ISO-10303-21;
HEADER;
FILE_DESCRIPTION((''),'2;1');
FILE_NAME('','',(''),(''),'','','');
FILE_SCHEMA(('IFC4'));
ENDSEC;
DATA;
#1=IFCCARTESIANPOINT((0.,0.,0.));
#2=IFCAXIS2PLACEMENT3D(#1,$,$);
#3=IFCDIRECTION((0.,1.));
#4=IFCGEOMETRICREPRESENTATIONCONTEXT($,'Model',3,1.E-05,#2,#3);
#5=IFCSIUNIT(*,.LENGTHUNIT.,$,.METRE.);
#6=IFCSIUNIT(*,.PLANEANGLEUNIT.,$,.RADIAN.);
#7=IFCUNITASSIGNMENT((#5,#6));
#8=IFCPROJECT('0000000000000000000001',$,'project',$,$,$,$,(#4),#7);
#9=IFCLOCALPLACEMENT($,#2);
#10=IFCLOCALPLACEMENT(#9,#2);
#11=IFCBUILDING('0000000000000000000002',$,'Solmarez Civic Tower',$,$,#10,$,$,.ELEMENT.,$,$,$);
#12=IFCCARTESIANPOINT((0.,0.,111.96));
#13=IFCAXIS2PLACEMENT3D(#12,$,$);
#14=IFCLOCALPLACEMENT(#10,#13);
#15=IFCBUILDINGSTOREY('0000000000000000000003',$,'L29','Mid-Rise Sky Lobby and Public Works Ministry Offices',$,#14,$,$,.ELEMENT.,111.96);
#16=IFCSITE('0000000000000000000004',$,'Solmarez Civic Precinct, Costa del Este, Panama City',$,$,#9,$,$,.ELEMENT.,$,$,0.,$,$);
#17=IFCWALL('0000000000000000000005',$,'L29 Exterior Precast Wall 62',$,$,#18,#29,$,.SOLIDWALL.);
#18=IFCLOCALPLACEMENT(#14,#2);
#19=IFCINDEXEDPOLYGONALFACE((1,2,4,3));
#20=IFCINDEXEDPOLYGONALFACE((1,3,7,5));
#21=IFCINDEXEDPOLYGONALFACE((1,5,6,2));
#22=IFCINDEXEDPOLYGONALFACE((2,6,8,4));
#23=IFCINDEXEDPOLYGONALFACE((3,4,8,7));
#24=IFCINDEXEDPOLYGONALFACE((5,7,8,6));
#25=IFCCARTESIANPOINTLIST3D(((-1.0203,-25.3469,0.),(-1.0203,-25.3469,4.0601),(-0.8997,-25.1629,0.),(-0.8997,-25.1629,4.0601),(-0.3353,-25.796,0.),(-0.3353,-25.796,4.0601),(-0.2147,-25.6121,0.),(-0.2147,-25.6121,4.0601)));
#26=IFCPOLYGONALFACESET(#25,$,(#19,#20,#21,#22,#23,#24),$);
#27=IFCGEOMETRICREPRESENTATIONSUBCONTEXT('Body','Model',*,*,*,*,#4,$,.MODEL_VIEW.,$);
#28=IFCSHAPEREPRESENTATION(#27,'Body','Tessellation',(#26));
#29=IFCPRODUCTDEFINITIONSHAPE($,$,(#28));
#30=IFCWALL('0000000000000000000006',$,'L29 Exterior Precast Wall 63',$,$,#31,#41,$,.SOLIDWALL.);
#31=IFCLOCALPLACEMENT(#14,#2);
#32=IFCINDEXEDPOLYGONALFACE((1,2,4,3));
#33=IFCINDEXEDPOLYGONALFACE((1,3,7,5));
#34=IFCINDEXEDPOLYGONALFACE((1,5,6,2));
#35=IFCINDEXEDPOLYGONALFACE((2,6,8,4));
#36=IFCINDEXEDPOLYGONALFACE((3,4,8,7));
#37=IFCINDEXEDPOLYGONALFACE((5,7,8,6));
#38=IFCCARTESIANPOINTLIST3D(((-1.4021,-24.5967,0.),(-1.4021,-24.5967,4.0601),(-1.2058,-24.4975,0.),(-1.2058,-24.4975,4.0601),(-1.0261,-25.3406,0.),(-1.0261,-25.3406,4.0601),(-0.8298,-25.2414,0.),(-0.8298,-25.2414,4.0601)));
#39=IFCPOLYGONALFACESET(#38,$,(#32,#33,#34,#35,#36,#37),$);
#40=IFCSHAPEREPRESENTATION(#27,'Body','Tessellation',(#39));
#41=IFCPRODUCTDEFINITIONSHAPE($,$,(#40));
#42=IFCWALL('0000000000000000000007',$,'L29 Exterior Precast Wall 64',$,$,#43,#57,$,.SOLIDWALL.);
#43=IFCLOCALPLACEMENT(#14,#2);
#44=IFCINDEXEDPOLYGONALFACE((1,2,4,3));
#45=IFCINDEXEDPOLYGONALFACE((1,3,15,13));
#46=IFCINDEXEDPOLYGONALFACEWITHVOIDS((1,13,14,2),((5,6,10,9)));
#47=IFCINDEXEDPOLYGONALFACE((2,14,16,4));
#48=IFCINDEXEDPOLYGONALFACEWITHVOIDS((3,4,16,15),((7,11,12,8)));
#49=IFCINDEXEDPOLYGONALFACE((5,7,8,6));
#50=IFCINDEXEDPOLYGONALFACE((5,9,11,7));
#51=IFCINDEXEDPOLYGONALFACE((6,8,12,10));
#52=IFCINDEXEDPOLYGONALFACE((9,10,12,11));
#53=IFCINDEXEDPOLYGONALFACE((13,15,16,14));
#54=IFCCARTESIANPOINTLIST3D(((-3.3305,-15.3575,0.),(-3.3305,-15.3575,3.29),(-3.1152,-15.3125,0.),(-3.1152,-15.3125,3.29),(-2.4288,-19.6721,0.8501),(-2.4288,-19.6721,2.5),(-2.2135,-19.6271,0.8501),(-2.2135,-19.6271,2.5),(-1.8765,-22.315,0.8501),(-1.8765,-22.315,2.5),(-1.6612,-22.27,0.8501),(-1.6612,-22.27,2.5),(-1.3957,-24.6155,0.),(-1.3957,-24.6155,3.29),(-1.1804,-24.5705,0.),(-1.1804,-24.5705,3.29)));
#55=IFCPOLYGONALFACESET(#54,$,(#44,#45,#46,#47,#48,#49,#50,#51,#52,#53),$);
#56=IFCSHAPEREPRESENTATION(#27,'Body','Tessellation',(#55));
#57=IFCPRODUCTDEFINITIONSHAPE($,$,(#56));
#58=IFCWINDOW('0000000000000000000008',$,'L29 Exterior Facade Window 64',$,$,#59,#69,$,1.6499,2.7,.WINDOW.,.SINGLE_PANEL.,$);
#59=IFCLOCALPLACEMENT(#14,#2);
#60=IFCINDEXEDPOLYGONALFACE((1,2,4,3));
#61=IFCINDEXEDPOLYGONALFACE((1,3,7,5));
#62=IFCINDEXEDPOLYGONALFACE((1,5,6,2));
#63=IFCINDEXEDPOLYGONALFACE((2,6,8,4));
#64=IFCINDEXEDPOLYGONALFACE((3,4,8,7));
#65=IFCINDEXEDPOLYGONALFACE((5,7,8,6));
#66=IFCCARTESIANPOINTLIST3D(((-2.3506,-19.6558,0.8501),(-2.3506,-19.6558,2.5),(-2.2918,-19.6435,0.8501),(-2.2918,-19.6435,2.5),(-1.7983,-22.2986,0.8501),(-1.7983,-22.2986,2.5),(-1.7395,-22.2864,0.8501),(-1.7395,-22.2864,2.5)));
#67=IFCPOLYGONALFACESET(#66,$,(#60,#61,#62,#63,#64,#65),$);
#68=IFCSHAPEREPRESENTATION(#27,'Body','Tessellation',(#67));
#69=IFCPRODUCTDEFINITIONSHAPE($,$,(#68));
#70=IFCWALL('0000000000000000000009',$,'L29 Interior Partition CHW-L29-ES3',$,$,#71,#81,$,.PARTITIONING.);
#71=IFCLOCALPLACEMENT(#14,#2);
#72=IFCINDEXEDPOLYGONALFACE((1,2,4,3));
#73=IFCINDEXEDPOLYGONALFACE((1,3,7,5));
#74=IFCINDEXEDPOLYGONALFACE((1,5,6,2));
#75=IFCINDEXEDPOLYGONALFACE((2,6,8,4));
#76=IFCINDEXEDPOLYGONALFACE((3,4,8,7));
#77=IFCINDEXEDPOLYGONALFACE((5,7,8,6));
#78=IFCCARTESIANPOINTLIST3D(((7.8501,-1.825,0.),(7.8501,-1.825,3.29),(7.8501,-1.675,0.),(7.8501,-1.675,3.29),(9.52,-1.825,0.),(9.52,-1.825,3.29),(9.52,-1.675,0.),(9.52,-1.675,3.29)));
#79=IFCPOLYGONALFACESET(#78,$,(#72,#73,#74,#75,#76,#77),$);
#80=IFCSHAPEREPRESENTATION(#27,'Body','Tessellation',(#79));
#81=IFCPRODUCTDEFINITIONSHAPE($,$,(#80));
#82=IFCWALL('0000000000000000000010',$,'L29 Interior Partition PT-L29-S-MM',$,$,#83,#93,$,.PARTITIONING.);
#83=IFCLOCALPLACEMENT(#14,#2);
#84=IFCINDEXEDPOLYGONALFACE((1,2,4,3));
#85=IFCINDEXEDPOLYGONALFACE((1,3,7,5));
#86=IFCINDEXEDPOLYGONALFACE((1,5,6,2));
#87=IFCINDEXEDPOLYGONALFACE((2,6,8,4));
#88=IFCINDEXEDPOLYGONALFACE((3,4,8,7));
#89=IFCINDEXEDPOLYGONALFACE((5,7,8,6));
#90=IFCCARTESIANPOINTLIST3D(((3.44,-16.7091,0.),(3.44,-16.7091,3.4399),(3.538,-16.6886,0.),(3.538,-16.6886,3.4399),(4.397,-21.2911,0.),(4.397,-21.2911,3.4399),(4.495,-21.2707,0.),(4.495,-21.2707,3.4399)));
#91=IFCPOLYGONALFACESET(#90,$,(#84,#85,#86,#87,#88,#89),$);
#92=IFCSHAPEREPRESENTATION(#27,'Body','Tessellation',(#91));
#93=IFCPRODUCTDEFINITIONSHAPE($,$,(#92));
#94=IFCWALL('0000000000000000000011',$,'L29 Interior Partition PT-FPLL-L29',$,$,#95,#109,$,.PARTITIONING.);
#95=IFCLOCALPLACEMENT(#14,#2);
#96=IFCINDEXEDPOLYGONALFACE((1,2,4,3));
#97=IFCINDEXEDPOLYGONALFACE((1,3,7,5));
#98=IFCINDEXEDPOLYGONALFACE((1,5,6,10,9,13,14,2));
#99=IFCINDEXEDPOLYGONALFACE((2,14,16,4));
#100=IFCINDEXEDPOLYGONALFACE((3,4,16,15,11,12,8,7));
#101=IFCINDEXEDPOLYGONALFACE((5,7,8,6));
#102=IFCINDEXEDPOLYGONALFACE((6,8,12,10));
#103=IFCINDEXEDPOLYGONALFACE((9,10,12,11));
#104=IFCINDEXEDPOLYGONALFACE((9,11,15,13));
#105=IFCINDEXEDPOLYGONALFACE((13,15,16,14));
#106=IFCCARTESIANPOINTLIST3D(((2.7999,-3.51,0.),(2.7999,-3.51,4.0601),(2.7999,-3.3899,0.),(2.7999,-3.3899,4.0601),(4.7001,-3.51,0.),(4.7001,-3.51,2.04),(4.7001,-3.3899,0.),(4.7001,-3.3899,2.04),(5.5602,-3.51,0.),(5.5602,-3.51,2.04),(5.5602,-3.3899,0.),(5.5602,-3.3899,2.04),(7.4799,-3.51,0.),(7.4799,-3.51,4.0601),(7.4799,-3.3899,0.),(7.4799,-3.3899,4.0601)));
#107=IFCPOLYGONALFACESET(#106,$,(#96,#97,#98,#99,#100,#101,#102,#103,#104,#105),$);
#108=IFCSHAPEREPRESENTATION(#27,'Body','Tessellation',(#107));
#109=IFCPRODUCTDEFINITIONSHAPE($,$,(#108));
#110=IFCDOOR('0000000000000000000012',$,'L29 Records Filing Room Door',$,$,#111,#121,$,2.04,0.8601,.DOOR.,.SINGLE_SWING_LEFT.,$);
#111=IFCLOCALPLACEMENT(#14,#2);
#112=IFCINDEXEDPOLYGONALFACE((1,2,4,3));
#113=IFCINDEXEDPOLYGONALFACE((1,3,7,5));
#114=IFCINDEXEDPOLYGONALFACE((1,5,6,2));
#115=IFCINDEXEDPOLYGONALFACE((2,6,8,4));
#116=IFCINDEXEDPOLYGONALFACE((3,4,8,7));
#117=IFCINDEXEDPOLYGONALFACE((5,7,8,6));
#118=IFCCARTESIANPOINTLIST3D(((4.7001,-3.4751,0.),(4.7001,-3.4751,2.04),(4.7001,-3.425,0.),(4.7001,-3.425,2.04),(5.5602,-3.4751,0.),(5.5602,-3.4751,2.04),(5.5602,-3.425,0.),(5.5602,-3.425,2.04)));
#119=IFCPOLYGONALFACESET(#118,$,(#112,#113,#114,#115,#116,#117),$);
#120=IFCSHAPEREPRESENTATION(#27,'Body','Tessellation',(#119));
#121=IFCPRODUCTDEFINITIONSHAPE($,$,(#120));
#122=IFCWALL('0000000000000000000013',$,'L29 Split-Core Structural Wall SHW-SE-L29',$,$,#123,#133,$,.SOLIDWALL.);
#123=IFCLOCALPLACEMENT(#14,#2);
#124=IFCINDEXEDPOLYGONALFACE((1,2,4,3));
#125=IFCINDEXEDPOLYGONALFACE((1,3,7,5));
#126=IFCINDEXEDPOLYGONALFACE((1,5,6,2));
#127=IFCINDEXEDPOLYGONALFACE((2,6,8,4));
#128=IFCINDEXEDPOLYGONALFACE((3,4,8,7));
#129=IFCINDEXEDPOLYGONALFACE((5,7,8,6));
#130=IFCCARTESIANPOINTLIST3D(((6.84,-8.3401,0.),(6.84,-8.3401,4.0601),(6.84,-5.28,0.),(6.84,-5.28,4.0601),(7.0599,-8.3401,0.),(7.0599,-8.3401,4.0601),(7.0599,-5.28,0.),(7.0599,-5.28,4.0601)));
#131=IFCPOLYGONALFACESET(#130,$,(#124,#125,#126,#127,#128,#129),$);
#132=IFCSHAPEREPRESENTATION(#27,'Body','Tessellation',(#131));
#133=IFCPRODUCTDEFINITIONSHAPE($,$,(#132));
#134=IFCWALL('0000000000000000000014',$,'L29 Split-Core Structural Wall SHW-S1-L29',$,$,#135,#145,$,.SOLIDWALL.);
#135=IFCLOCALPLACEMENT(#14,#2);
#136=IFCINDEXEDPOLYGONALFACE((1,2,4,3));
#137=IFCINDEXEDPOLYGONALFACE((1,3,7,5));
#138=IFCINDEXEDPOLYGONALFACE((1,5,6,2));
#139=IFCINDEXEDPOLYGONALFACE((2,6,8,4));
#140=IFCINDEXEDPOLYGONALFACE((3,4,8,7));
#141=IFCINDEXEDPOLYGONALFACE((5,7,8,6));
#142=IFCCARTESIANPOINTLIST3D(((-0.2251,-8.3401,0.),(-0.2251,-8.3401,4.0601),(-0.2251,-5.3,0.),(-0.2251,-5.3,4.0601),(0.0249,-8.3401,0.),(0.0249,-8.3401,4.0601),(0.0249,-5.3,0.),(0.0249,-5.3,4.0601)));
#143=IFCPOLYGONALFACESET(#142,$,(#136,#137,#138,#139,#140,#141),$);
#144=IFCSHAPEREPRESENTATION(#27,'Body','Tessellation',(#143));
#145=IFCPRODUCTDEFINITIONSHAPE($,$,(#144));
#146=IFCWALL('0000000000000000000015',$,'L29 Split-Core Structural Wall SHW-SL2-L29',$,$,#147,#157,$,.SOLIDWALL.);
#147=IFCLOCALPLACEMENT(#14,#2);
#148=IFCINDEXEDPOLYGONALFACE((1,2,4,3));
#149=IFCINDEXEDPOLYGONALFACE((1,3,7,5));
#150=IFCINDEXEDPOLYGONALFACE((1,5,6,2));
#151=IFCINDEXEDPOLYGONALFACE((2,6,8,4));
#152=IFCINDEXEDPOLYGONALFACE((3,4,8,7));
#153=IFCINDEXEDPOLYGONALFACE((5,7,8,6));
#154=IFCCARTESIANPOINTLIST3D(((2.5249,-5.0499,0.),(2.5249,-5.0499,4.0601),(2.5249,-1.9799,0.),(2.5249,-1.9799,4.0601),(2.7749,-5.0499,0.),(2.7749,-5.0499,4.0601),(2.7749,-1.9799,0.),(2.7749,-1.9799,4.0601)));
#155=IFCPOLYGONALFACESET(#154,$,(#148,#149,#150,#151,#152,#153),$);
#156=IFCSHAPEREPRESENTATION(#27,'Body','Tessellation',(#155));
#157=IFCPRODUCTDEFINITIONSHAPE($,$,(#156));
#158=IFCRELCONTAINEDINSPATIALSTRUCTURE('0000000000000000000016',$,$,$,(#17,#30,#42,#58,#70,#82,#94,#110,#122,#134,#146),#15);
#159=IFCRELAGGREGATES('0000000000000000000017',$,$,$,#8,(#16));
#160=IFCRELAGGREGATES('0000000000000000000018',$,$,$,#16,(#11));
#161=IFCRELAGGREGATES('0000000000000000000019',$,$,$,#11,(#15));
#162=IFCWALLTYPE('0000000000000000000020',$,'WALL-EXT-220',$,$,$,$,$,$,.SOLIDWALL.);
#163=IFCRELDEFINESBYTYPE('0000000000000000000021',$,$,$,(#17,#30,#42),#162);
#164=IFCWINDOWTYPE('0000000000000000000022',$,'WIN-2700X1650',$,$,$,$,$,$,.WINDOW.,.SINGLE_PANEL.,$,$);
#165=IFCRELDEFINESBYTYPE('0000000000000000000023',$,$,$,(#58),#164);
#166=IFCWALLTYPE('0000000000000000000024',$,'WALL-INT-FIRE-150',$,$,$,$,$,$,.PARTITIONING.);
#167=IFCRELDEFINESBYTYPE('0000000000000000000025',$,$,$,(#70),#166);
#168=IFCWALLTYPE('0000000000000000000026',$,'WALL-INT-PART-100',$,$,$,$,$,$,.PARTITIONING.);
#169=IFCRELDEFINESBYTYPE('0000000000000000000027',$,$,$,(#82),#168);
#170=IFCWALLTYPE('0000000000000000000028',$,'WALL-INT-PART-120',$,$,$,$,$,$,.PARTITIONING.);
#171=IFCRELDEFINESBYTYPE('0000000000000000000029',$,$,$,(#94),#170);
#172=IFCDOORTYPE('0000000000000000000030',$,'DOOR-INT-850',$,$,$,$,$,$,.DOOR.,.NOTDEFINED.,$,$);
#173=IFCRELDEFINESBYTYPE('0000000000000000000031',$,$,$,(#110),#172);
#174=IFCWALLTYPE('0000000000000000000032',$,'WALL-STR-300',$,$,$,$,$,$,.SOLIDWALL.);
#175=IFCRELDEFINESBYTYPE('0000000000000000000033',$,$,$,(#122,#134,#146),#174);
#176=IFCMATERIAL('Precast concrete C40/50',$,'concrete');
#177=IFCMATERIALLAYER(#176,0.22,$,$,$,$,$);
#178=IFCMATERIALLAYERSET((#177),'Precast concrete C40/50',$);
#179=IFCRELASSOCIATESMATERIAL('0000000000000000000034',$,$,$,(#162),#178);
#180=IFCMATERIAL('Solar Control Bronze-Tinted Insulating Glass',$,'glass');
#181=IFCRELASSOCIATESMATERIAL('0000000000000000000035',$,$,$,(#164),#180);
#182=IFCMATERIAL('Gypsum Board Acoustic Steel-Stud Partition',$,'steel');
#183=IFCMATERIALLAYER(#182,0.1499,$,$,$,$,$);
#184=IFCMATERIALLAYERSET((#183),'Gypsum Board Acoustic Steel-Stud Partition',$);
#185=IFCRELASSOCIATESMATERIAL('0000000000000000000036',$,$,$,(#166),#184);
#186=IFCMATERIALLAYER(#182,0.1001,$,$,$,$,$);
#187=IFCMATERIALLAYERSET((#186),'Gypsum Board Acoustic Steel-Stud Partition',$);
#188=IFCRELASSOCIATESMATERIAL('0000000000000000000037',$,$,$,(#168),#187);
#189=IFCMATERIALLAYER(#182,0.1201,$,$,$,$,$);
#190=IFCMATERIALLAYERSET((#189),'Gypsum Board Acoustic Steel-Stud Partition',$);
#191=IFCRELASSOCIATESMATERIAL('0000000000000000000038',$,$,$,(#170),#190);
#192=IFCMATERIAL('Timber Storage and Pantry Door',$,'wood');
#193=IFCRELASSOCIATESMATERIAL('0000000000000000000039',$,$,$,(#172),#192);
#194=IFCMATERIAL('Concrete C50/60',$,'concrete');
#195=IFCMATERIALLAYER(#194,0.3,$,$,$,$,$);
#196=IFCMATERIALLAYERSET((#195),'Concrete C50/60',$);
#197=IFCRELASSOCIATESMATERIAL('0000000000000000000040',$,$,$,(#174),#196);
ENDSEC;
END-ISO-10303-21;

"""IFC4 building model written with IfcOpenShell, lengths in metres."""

from ifc_helpers import new_model, si_unit, direction, frame, frame_2d, origin, place, context, subcontext, project, spatial, rectangle, extrude, material, layer, layer_set, type_object, element, fill, save


model = new_model("IFC4")

# Units and contexts
model_context = context("Model", 3, precision=1e-05, world=origin(), true_north=direction((0.0, 1.0)))
body_context = subcontext(model_context, "Body", "Model", "MODEL_VIEW")
ifc_project = project(units=[si_unit("LENGTHUNIT", "METRE"), si_unit("PLANEANGLEUNIT", "RADIAN")], contexts=[model_context])

# Site, building, storey
site_placement = place(None, origin())
site = spatial("IfcSite", under=ifc_project, at=site_placement, Name="Solmarez Civic Precinct, Costa del Este, Panama City", CompositionType="ELEMENT", RefElevation=0.0)
building_placement = place(site_placement, origin())
building = spatial("IfcBuilding", under=site, at=building_placement, Name="Solmarez Civic Tower", CompositionType="ELEMENT")
storey_placement = place(building_placement, frame((0.0, 0.0, 111.96)))
storey = spatial("IfcBuildingStorey", under=building, at=storey_placement, Name="L29", Description="Mid-Rise Sky Lobby and Public Works Ministry Offices", CompositionType="ELEMENT", Elevation=111.96)

# Shared definitions
ifc_material_1 = material(Name="Concrete C50/60", Category="concrete")

# Shared definitions
ifc_material_2 = material(Name="Solar Control Bronze-Tinted Insulating Glass", Category="glass")

# Walls
ifc_material_3 = material(Name="Precast concrete C40/50", Category="concrete")
ifc_layer_1 = layer(ifc_material_3, 0.22)
ifc_layer_set_1 = layer_set([ifc_layer_1], Name="Precast concrete C40/50")
wall_type_1 = type_object("IfcWallType", Name="WALL-EXT-220", PredefinedType="SOLIDWALL", material=ifc_layer_set_1)
wall_1_placement = place(storey_placement, frame((-0.2749, -25.7041, 0.0), z_axis=(0.0, 0.0, 1.0), x_axis=(-0.836244, 0.548357, 0.0)))
element("IfcWall", 1, at=wall_1_placement, inside=storey, type_object=wall_type_1, Name="L29 Exterior Precast Wall 62", PredefinedType="SOLIDWALL", context=body_context, shape_type="SweptSolid", body=[
    extrude(rectangle(XDim=0.8191, YDim=0.22, at=frame_2d((0.4097, 0.0))), origin(), (0.0, 0.0, 1.0), 4.0601),
])
wall_2_placement = place(storey_placement, frame((-0.928, -25.291, 0.0), z_axis=(0.0, 0.0, 1.0), x_axis=(-0.451076, 0.892486, 0.0)))
element("IfcWall", 2, at=wall_2_placement, inside=storey, type_object=wall_type_1, Name="L29 Exterior Precast Wall 63", PredefinedType="SOLIDWALL", context=body_context, shape_type="SweptSolid", body=[
    extrude(rectangle(XDim=0.8335, YDim=0.22, at=frame_2d((0.4167, 0.0))), origin(), (0.0, 0.0, 1.0), 4.0601),
])

# Wall, opening, window
wall_3_placement = place(storey_placement, frame((-1.2881, -24.593, 0.0), z_axis=(0.0, 0.0, 1.0), x_axis=(-0.204568, 0.978852, 0.0)))
wall_3 = element("IfcWall", 3, at=wall_3_placement, inside=storey, type_object=wall_type_1, Name="L29 Exterior Precast Wall 64", PredefinedType="SOLIDWALL", context=body_context, shape_type="SweptSolid", body=[
    extrude(rectangle(XDim=9.458, YDim=0.22, at=frame_2d((4.729, 0.0))), origin(), (0.0, 0.0, 1.0), 3.29),
])
opening_1_placement = place(wall_3_placement, frame((2.3501, 0.0, 0.8501)))
opening_1 = element("IfcOpeningElement", 4, at=opening_1_placement, cuts=wall_3, PredefinedType="OPENING", context=body_context, shape_type="SweptSolid", body=[
    extrude(rectangle(XDim=2.7, YDim=1.6499, at=frame_2d((1.3501, 0.825))), frame((0.0, 0.1199, 0.0), z_axis=(0.0, -1.0, 0.0), x_axis=(1.0, 0.0, 0.0)), (0.0, 0.0, 1.0), 0.24),
])
window_type_1 = type_object("IfcWindowType", Name="WIN-2700X1650", PartitioningType="SINGLE_PANEL", PredefinedType="WINDOW", material=ifc_material_2)
window_1_placement = place(opening_1_placement, origin())
window_1 = element("IfcWindow", 5, at=window_1_placement, inside=storey, type_object=window_type_1, Name="L29 Exterior Facade Window 64", OverallHeight=1.6499, OverallWidth=2.7, PartitioningType="SINGLE_PANEL", PredefinedType="WINDOW", context=body_context, shape_type="SweptSolid", body=[
    extrude(rectangle(XDim=2.7, YDim=1.6499, at=frame_2d((1.3501, 0.825))), frame((0.0, 0.03, 0.0), z_axis=(0.0, -1.0, 0.0), x_axis=(1.0, 0.0, 0.0)), (0.0, 0.0, 1.0), 0.0601),
])
fill(opening_1, window_1)

# Walls
ifc_material_4 = material(Name="Gypsum Board Acoustic Steel-Stud Partition", Category="steel")
ifc_layer_2 = layer(ifc_material_4, 0.1499)
ifc_layer_set_2 = layer_set([ifc_layer_2], Name="Gypsum Board Acoustic Steel-Stud Partition")
wall_type_2 = type_object("IfcWallType", Name="WALL-INT-FIRE-150", PredefinedType="PARTITIONING", material=ifc_layer_set_2)
wall_4_placement = place(storey_placement, frame((7.8501, -1.75, 0.0), z_axis=(0.0, 0.0, 1.0), x_axis=(1.0, 0.0, 0.0)))
element("IfcWall", 6, at=wall_4_placement, inside=storey, type_object=wall_type_2, Name="L29 Interior Partition CHW-L29-ES3", PredefinedType="PARTITIONING", context=body_context, shape_type="SweptSolid", body=[
    extrude(rectangle(XDim=1.6699, YDim=0.1499, at=frame_2d((0.835, 0.0))), origin(), (0.0, 0.0, 1.0), 3.29),
])
ifc_layer_3 = layer(ifc_material_4, 0.1001)
ifc_layer_set_3 = layer_set([ifc_layer_3], Name="Gypsum Board Acoustic Steel-Stud Partition")
wall_type_3 = type_object("IfcWallType", Name="WALL-INT-PART-100", PredefinedType="PARTITIONING", material=ifc_layer_set_3)
wall_5_placement = place(storey_placement, frame((3.489, -16.699, 0.0), z_axis=(0.0, 0.0, 1.0), x_axis=(0.204454, -0.978876, 0.0)))
element("IfcWall", 7, at=wall_5_placement, inside=storey, type_object=wall_type_3, Name="L29 Interior Partition PT-L29-S-MM", PredefinedType="PARTITIONING", context=body_context, shape_type="SweptSolid", body=[
    extrude(rectangle(XDim=4.6809, YDim=0.1001, at=frame_2d((2.3403, 0.0))), origin(), (0.0, 0.0, 1.0), 3.4399),
])

# Wall, opening, door
ifc_layer_4 = layer(ifc_material_4, 0.1201)
ifc_layer_set_4 = layer_set([ifc_layer_4], Name="Gypsum Board Acoustic Steel-Stud Partition")
wall_type_4 = type_object("IfcWallType", Name="WALL-INT-PART-120", PredefinedType="PARTITIONING", material=ifc_layer_set_4)
wall_6_placement = place(storey_placement, frame((2.8, -3.45, 0.0), z_axis=(0.0, 0.0, 1.0), x_axis=(1.0, 0.0, 0.0)))
wall_6 = element("IfcWall", 8, at=wall_6_placement, inside=storey, type_object=wall_type_4, Name="L29 Interior Partition PT-FPLL-L29", PredefinedType="PARTITIONING", context=body_context, shape_type="SweptSolid", body=[
    extrude(rectangle(XDim=4.6799, YDim=0.1201, at=frame_2d((2.3398, 0.0))), origin(), (0.0, 0.0, 1.0), 4.0601),
])
opening_2_placement = place(wall_6_placement, frame((1.8999, 0.0, 0.0)))
opening_2 = element("IfcOpeningElement", 9, at=opening_2_placement, cuts=wall_6, PredefinedType="OPENING", context=body_context, shape_type="SweptSolid", body=[
    extrude(rectangle(XDim=0.8601, YDim=2.04, at=frame_2d((0.4302, 1.02))), frame((0.0, 0.0701, 0.0), z_axis=(0.0, -1.0, 0.0), x_axis=(1.0, 0.0, 0.0)), (0.0, 0.0, 1.0), 0.1401),
])
ifc_material_5 = material(Name="Timber Storage and Pantry Door", Category="wood")
door_type = type_object("IfcDoorType", Name="DOOR-INT-850", OperationType="NOTDEFINED", PredefinedType="DOOR", material=ifc_material_5)
door_placement = place(opening_2_placement, origin())
door = element("IfcDoor", 10, at=door_placement, inside=storey, type_object=door_type, Name="L29 Records Filing Room Door", OperationType="SINGLE_SWING_LEFT", OverallHeight=2.04, OverallWidth=0.8601, PredefinedType="DOOR", context=body_context, shape_type="SweptSolid", body=[
    extrude(rectangle(XDim=0.8601, YDim=2.04, at=frame_2d((0.4302, 1.02))), frame((0.0, 0.0249, 0.0), z_axis=(0.0, -1.0, 0.0), x_axis=(1.0, 0.0, 0.0)), (0.0, 0.0, 1.0), 0.05),
])
fill(opening_2, door)

# Walls
ifc_layer_5 = layer(ifc_material_1, 0.3)
ifc_layer_set_5 = layer_set([ifc_layer_5], Name="Concrete C50/60")
wall_type_5 = type_object("IfcWallType", Name="WALL-STR-300", PredefinedType="SOLIDWALL", material=ifc_layer_set_5)
wall_7_placement = place(storey_placement, frame((6.95, -8.3401, 0.0), z_axis=(0.0, 0.0, 1.0), x_axis=(0.0, 1.0, 0.0)))
element("IfcWall", 11, at=wall_7_placement, inside=storey, type_object=wall_type_5, Name="L29 Split-Core Structural Wall SHW-SE-L29", PredefinedType="SOLIDWALL", context=body_context, shape_type="SweptSolid", body=[
    extrude(rectangle(XDim=3.0601, YDim=0.22, at=frame_2d((1.53, 0.0))), origin(), (0.0, 0.0, 1.0), 4.0601),
])
wall_8_placement = place(storey_placement, frame((-0.1001, -8.3401, 0.0), z_axis=(0.0, 0.0, 1.0), x_axis=(0.0, 1.0, 0.0)))
element("IfcWall", 12, at=wall_8_placement, inside=storey, type_object=wall_type_5, Name="L29 Split-Core Structural Wall SHW-S1-L29", PredefinedType="SOLIDWALL", context=body_context, shape_type="SweptSolid", body=[
    extrude(rectangle(XDim=3.04, YDim=0.25, at=frame_2d((1.52, 0.0))), origin(), (0.0, 0.0, 1.0), 4.0601),
])
wall_9_placement = place(storey_placement, frame((2.6499, -5.05, 0.0), z_axis=(0.0, 0.0, 1.0), x_axis=(0.0, 1.0, 0.0)))
element("IfcWall", 13, at=wall_9_placement, inside=storey, type_object=wall_type_5, Name="L29 Split-Core Structural Wall SHW-SL2-L29", PredefinedType="SOLIDWALL", context=body_context, shape_type="SweptSolid", body=[
    extrude(rectangle(XDim=3.0701, YDim=0.25, at=frame_2d((1.5352, 0.0))), origin(), (0.0, 0.0, 1.0), 4.0601),
])

save(model, "model.ifc")
